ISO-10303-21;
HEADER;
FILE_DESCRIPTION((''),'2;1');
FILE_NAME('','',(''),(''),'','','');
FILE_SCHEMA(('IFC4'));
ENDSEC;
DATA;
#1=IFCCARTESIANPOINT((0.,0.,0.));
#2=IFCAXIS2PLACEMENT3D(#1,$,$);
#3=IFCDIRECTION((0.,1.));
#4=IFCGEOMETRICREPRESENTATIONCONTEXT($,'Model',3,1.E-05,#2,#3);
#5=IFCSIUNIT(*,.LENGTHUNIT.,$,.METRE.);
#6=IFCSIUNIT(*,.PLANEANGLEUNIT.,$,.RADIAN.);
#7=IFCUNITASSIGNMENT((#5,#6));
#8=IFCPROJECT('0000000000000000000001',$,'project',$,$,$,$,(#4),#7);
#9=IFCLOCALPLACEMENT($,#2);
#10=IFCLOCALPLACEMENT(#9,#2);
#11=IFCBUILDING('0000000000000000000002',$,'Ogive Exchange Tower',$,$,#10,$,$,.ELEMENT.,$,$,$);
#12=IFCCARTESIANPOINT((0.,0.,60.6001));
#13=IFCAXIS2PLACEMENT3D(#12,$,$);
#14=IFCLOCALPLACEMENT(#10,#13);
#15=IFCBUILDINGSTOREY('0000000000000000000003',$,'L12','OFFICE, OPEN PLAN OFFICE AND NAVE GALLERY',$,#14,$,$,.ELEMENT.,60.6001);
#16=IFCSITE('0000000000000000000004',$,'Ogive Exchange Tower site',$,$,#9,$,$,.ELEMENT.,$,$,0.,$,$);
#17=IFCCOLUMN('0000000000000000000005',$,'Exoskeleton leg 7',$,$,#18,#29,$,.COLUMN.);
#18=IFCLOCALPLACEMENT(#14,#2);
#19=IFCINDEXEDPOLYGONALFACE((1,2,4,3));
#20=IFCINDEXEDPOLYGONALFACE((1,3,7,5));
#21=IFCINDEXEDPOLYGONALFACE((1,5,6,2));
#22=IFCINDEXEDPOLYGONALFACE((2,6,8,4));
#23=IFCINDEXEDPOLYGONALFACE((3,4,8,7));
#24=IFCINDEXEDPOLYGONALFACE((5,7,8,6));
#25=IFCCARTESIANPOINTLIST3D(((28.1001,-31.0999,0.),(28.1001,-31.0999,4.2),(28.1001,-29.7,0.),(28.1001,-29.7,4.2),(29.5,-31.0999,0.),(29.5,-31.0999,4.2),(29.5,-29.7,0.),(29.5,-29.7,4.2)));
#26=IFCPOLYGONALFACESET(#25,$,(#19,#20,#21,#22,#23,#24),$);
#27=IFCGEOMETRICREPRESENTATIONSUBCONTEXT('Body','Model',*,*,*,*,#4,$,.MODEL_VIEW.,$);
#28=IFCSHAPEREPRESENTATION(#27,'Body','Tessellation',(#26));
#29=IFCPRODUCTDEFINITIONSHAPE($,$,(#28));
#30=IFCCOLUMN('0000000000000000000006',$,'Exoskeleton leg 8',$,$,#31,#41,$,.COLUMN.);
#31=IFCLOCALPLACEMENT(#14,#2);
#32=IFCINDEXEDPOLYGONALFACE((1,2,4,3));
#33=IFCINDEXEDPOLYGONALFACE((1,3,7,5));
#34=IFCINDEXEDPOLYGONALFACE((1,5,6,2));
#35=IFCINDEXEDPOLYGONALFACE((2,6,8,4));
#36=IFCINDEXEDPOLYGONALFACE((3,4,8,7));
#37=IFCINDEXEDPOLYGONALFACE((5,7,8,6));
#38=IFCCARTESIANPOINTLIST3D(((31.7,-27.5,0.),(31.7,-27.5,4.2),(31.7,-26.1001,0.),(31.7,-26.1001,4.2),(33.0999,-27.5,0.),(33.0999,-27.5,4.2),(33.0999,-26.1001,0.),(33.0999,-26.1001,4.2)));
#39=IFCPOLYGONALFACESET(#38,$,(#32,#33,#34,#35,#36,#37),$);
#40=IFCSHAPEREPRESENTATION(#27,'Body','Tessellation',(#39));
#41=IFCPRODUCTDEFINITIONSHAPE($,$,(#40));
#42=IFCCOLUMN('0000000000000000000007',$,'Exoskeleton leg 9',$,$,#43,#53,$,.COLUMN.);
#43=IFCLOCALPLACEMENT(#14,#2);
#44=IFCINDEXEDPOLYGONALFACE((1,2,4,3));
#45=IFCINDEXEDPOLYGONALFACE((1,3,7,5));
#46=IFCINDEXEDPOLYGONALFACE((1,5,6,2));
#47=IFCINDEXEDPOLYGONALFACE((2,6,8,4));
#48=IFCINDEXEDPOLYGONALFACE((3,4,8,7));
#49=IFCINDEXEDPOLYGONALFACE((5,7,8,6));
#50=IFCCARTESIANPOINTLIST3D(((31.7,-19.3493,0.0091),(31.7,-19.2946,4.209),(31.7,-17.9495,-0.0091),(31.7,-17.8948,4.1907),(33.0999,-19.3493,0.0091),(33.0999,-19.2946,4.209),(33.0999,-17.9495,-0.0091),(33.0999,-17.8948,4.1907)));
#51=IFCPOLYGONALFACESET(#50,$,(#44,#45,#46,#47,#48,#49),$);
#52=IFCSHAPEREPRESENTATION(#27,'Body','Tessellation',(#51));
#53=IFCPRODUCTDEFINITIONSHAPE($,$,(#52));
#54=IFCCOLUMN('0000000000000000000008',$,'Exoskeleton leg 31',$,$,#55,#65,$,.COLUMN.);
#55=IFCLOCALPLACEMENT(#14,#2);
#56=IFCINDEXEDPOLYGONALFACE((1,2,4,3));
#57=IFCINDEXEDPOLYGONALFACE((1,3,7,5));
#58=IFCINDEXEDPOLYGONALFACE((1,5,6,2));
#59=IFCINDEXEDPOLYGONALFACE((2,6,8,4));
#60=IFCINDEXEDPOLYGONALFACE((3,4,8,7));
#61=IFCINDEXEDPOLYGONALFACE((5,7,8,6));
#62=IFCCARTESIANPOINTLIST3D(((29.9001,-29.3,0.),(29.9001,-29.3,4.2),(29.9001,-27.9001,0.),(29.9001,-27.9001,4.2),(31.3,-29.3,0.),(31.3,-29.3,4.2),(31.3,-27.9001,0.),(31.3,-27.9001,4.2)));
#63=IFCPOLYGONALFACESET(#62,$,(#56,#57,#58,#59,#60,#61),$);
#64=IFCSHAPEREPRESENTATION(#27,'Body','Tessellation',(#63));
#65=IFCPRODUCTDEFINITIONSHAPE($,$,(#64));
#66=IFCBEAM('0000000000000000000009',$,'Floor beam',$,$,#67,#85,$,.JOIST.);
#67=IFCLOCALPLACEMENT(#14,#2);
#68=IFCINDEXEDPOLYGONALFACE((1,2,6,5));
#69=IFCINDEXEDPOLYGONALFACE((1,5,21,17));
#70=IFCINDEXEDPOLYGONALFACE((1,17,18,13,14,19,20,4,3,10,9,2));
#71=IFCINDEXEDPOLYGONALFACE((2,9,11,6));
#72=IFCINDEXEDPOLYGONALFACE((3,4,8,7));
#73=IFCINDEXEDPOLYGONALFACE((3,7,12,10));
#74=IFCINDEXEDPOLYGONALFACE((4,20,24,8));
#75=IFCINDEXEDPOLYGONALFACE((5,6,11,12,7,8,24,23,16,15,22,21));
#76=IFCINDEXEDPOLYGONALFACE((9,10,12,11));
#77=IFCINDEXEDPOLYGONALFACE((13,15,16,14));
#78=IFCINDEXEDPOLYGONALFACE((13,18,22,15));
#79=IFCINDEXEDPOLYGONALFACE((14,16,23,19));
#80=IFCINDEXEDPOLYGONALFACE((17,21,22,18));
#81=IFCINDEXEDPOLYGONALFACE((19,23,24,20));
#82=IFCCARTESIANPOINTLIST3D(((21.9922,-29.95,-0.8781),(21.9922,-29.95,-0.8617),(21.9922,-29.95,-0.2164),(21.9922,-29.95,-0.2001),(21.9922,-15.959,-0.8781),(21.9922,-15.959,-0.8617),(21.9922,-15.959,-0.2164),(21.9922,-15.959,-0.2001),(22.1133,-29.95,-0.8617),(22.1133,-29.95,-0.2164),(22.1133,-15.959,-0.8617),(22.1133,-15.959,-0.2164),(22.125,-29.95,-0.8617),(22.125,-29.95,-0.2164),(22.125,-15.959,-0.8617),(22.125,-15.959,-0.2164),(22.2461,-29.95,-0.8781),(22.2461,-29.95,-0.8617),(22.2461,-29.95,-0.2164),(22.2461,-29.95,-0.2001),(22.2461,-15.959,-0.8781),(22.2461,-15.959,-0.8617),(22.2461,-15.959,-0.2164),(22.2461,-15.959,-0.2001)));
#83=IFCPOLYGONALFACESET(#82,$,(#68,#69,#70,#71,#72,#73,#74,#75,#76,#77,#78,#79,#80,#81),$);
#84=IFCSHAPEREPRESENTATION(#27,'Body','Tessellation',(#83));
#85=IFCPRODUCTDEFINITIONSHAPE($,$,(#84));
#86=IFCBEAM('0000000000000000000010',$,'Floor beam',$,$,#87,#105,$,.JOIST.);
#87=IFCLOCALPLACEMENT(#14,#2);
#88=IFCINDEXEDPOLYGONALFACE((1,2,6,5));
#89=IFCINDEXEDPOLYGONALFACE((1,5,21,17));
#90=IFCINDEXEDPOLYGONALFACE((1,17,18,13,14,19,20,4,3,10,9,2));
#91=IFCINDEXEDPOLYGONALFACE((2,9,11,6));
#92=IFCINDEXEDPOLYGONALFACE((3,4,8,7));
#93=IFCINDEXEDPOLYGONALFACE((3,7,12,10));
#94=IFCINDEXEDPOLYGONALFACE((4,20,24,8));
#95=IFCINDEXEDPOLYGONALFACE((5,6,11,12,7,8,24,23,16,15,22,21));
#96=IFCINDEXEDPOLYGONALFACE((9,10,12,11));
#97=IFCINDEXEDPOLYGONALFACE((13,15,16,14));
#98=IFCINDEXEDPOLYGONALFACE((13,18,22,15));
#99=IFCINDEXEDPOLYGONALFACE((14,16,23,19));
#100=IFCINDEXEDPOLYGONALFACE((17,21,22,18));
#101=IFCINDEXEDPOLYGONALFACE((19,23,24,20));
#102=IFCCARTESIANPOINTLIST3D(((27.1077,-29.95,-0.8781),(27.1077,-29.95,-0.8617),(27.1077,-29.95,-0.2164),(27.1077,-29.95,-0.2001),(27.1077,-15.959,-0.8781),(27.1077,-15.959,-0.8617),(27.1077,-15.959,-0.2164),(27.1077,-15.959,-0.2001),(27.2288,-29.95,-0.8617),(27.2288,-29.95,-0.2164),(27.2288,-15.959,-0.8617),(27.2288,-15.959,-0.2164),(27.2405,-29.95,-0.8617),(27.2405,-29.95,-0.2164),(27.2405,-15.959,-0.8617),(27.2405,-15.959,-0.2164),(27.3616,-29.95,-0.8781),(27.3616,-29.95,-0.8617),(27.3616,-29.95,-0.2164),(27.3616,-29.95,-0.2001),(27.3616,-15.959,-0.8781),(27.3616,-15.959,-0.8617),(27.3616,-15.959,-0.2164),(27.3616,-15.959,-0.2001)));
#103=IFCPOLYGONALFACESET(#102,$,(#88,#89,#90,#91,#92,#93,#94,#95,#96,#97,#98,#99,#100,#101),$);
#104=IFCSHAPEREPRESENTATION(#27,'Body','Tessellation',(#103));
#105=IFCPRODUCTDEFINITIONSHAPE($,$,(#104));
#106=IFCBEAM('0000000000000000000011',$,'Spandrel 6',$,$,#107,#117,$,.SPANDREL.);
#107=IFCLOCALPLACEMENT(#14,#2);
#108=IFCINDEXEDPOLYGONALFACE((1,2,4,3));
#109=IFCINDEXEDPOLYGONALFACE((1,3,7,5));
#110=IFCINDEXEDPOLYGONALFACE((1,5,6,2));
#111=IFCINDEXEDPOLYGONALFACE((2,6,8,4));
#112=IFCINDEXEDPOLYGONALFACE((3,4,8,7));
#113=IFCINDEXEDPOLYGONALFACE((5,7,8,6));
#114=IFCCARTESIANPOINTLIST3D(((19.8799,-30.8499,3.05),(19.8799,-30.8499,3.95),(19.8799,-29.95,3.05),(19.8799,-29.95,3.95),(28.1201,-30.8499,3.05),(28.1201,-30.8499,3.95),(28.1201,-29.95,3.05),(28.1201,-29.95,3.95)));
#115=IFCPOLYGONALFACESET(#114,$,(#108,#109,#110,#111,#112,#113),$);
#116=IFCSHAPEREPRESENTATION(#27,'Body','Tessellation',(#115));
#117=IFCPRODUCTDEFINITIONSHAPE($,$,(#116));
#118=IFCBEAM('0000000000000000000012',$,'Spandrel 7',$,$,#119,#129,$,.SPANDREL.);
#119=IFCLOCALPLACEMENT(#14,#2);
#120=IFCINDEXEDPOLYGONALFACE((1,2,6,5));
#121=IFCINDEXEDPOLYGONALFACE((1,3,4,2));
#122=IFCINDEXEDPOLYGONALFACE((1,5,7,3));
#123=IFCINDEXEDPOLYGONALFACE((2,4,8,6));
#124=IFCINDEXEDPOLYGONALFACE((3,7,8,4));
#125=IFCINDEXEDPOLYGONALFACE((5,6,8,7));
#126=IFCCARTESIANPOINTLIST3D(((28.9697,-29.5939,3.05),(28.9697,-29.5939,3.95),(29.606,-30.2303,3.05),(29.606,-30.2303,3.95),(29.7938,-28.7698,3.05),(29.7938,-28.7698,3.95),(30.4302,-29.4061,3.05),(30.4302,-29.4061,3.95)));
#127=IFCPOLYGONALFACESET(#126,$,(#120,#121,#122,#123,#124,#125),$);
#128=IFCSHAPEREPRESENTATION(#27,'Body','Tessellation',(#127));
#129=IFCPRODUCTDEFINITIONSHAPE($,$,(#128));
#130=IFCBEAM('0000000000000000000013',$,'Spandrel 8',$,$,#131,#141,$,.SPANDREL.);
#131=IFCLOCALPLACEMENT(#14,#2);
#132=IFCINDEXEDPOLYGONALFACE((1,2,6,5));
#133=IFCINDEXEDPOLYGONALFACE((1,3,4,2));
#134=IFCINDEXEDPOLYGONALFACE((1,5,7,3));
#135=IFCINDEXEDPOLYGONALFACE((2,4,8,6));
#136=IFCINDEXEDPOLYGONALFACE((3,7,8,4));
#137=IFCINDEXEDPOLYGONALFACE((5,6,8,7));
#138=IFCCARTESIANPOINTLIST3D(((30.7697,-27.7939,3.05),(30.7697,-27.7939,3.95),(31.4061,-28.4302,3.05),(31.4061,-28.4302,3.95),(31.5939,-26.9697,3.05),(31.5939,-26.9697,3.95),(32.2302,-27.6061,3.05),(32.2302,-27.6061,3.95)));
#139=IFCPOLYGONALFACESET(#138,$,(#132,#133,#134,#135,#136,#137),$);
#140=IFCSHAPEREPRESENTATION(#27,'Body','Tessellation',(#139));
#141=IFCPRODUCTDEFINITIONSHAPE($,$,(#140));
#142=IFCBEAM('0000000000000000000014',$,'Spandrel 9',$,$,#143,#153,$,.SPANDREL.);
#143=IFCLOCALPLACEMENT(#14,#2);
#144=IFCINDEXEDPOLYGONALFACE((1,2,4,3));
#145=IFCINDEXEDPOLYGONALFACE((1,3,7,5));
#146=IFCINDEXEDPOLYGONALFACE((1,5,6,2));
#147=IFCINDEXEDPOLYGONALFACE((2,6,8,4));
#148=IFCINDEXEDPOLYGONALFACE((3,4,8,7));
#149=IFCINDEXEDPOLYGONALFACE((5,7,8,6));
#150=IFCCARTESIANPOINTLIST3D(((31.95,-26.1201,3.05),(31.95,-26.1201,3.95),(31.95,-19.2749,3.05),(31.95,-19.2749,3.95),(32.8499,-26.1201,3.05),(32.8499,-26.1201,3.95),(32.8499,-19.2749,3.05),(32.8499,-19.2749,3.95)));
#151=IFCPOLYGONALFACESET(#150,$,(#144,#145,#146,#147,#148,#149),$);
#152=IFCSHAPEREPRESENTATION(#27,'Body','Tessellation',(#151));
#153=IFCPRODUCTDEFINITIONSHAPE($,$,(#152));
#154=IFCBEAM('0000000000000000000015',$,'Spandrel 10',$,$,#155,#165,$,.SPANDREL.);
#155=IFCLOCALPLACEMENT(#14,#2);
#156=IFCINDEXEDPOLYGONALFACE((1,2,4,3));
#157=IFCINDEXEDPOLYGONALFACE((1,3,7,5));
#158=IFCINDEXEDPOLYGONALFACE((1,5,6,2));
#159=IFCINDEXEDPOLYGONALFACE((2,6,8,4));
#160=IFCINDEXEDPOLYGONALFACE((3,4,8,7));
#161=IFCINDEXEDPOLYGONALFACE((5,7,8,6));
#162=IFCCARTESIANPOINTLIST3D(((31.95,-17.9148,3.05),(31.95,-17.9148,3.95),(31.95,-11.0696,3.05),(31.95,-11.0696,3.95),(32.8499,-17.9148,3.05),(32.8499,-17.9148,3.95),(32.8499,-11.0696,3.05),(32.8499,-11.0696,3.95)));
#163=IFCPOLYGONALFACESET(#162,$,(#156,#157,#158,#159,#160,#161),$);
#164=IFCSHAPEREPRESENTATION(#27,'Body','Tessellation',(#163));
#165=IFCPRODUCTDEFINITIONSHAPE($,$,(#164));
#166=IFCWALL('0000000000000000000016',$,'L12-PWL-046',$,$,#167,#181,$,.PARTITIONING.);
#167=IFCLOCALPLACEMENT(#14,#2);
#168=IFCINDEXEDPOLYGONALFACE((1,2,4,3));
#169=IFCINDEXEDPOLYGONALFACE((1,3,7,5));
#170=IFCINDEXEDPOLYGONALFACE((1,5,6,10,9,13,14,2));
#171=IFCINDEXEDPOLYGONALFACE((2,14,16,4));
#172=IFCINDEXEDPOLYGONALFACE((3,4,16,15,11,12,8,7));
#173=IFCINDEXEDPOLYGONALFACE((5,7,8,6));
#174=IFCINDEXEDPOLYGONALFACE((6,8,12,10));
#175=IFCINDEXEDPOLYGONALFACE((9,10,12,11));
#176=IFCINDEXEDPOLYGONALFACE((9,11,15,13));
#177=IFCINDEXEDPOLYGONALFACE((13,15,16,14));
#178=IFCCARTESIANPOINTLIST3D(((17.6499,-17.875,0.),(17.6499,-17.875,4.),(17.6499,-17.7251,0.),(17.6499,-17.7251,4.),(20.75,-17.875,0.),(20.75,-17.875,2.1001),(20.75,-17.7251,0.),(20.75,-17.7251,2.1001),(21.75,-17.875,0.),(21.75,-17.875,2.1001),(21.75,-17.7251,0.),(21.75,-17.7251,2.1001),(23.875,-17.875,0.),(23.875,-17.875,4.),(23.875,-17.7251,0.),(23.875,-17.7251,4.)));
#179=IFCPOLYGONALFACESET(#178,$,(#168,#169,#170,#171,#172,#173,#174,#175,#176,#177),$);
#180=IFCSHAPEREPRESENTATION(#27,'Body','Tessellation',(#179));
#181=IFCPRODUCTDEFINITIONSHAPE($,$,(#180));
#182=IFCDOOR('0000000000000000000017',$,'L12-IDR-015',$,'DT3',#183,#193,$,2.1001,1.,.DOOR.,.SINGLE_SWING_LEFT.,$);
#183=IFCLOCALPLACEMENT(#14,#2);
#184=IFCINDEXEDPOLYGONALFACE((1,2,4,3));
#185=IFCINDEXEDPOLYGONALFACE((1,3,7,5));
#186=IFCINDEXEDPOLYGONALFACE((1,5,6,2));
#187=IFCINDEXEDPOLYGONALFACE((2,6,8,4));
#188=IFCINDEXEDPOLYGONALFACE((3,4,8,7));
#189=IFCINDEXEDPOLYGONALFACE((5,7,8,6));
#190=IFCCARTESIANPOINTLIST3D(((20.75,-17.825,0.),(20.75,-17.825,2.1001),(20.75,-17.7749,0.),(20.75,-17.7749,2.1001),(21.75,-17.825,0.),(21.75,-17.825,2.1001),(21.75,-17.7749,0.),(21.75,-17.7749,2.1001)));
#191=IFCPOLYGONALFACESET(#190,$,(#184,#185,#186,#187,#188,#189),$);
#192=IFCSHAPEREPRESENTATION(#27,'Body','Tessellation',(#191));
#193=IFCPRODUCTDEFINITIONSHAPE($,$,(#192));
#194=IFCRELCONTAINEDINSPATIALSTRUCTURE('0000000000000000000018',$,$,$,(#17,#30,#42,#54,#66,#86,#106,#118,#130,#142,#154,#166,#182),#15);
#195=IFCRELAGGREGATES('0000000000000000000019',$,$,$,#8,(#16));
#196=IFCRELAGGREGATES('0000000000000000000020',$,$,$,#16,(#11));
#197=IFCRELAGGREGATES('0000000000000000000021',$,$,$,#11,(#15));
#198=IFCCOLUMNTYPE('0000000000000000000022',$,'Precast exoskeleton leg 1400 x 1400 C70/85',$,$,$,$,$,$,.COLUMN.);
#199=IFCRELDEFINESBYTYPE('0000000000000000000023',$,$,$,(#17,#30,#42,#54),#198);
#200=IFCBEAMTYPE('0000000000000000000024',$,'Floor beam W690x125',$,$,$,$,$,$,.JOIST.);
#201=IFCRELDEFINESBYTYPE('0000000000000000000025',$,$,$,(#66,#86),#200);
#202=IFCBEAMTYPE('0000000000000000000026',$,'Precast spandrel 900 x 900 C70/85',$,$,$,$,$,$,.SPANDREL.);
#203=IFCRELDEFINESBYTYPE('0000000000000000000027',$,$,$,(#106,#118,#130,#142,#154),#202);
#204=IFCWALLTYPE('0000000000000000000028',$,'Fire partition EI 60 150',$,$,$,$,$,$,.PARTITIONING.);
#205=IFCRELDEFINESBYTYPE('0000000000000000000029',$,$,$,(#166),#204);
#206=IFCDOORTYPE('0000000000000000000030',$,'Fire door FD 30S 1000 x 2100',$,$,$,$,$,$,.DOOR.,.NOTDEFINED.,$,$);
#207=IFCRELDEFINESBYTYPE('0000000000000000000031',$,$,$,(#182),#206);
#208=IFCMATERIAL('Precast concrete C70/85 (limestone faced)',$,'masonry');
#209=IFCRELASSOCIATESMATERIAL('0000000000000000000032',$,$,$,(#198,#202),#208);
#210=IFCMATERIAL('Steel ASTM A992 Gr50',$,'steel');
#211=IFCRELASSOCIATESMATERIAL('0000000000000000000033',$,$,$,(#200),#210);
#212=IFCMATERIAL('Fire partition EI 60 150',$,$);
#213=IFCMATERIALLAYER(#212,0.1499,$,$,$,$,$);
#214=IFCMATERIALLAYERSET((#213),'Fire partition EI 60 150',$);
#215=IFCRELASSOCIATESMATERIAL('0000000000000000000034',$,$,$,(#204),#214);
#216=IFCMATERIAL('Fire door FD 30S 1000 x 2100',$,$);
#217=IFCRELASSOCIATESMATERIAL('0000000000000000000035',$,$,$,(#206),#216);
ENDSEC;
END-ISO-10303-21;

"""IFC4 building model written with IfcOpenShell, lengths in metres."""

from ifc_helpers import new_model, si_unit, direction, frame, frame_2d, origin, origin_2d, place, context, subcontext, project, spatial, rectangle, i_section, extrude, material, layer, layer_set, material_profile, profile_set, type_object, element, fill, save


model = new_model("IFC4")

# Units and contexts
model_context = context("Model", 3, precision=1e-05, world=origin(), true_north=direction((0.0, 1.0)))
body_context = subcontext(model_context, "Body", "Model", "MODEL_VIEW")
ifc_project = project(units=[si_unit("LENGTHUNIT", "METRE"), si_unit("PLANEANGLEUNIT", "RADIAN")], contexts=[model_context])

# Site, building, storey
site_placement = place(None, origin())
site = spatial("IfcSite", under=ifc_project, at=site_placement, Name="Ogive Exchange Tower site", CompositionType="ELEMENT", RefElevation=0.0)
building_placement = place(site_placement, origin())
building = spatial("IfcBuilding", under=site, at=building_placement, Name="Ogive Exchange Tower", CompositionType="ELEMENT")
storey_placement = place(building_placement, frame((0.0, 0.0, 60.6001)))
storey = spatial("IfcBuildingStorey", under=building, at=storey_placement, Name="L12", Description="OFFICE, OPEN PLAN OFFICE AND NAVE GALLERY", CompositionType="ELEMENT", Elevation=60.6001)

# Columns
ifc_material_1 = material(Name="Precast concrete C70/85 (limestone faced)", Category="masonry")
ifc_material_profile_1 = material_profile(ifc_material_1, rectangle(XDim=1.3999, YDim=1.3999, at=origin_2d()), Name="1400 x 1400")
ifc_profile_set_1 = profile_set([ifc_material_profile_1], Name="Precast concrete C70/85 (limestone faced)")
column_type = type_object("IfcColumnType", Name="Precast exoskeleton leg 1400 x 1400 C70/85", PredefinedType="COLUMN", material=ifc_profile_set_1)
for number, where, z_axis, x_axis, name in (
    (1, (28.8, -30.3999, 0.0), (0.0, 0.0, 1.0), (1.0, 0.0, 0.0), "Exoskeleton leg 7"),
    (2, (32.3999, -26.8, 0.0), (0.0, 0.0, 1.0), (1.0, 0.0, 0.0), "Exoskeleton leg 8"),
):
    element("IfcColumn", number, at=place(storey_placement, frame(where, z_axis=z_axis, x_axis=x_axis)), inside=storey, type_object=column_type, Name=name, PredefinedType="COLUMN", context=body_context, shape_type="SweptSolid", body=[
        extrude(rectangle(XDim=1.3999, YDim=1.3999, at=origin_2d()), origin(), (0.0, 0.0, 1.0), 4.2),
    ])
column_1_placement = place(storey_placement, frame((32.3999, -18.6494, 0.0), z_axis=(0.0, 0.01302, 0.999915), x_axis=(-1.0, 0.0, 0.0)))
element("IfcColumn", 3, at=column_1_placement, inside=storey, type_object=column_type, Name="Exoskeleton leg 9", PredefinedType="COLUMN", context=body_context, shape_type="SweptSolid", body=[
    extrude(rectangle(XDim=1.3999, YDim=1.3999, at=origin_2d()), origin(), (0.0, 0.0, 1.0), 4.2002),
])
column_2_placement = place(storey_placement, frame((30.6001, -28.6001, 0.0), z_axis=(0.0, 0.0, 1.0), x_axis=(1.0, 0.0, 0.0)))
element("IfcColumn", 4, at=column_2_placement, inside=storey, type_object=column_type, Name="Exoskeleton leg 31", PredefinedType="COLUMN", context=body_context, shape_type="SweptSolid", body=[
    extrude(rectangle(XDim=1.3999, YDim=1.3999, at=origin_2d()), origin(), (0.0, 0.0, 1.0), 4.2),
])

# Beams
ifc_material_2 = material(Name="Steel ASTM A992 Gr50", Category="steel")
ifc_material_profile_2 = material_profile(ifc_material_2, i_section(OverallWidth=0.2539, OverallDepth=0.678, WebThickness=0.0117, FlangeThickness=0.0164, at=origin_2d()), Name="W690x125")
ifc_profile_set_2 = profile_set([ifc_material_profile_2], Name="Steel ASTM A992 Gr50")
beam_type_1 = type_object("IfcBeamType", Name="Floor beam W690x125", PredefinedType="JOIST", material=ifc_profile_set_2)
for number, where, z_axis, x_axis, name in (
    (5, (22.1191, -29.95, -0.5391), (0.0, 1.0, 0.0), (-1.0, 0.0, 0.0), "Floor beam"),
    (6, (27.2346, -29.95, -0.5391), (0.0, 1.0, 0.0), (-1.0, 0.0, 0.0), "Floor beam"),
):
    element("IfcBeam", number, at=place(storey_placement, frame(where, z_axis=z_axis, x_axis=x_axis)), inside=storey, type_object=beam_type_1, Name=name, PredefinedType="JOIST", context=body_context, shape_type="SweptSolid", body=[
        extrude(i_section(OverallWidth=0.2539, OverallDepth=0.678, WebThickness=0.0117, FlangeThickness=0.0164, at=origin_2d()), origin(), (0.0, 0.0, 1.0), 13.991),
    ])
ifc_material_profile_3 = material_profile(ifc_material_1, rectangle(XDim=0.8999, YDim=0.8999, at=origin_2d()), Name="900 x 900")
ifc_profile_set_3 = profile_set([ifc_material_profile_3], Name="Precast concrete C70/85 (limestone faced)")
beam_type_2 = type_object("IfcBeamType", Name="Precast spandrel 900 x 900 C70/85", PredefinedType="SPANDREL", material=ifc_profile_set_3)
beam_placement = place(storey_placement, frame((19.8799, -30.3999, 3.5), z_axis=(1.0, 0.0, 0.0), x_axis=(0.0, 1.0, 0.0)))
element("IfcBeam", 7, at=beam_placement, inside=storey, type_object=beam_type_2, Name="Spandrel 6", PredefinedType="SPANDREL", context=body_context, shape_type="SweptSolid", body=[
    extrude(rectangle(XDim=0.8999, YDim=0.8999, at=origin_2d()), origin(), (0.0, 0.0, 1.0), 8.2402),
])
for number, where, z_axis, x_axis, name in (
    (8, (29.2878, -29.9121, 3.5), (0.707107, 0.707107, 0.0), (-0.707107, 0.707107, 0.0), "Spandrel 7"),
    (9, (31.0879, -28.1121, 3.5), (0.707107, 0.707107, 0.0), (-0.707107, 0.707107, 0.0), "Spandrel 8"),
):
    element("IfcBeam", number, at=place(storey_placement, frame(where, z_axis=z_axis, x_axis=x_axis)), inside=storey, type_object=beam_type_2, Name=name, PredefinedType="SPANDREL", context=body_context, shape_type="SweptSolid", body=[
        extrude(rectangle(XDim=0.8999, YDim=0.8999, at=origin_2d()), origin(), (0.0, 0.0, 1.0), 1.1655),
    ])
for number, where, z_axis, x_axis, name in (
    (10, (32.3999, -26.1201, 3.5), (0.0, 1.0, 0.0), (-1.0, 0.0, 0.0), "Spandrel 9"),
    (11, (32.3999, -17.9148, 3.5), (0.0, 1.0, 0.0), (-1.0, 0.0, 0.0), "Spandrel 10"),
):
    element("IfcBeam", number, at=place(storey_placement, frame(where, z_axis=z_axis, x_axis=x_axis)), inside=storey, type_object=beam_type_2, Name=name, PredefinedType="SPANDREL", context=body_context, shape_type="SweptSolid", body=[
        extrude(rectangle(XDim=0.8999, YDim=0.8999, at=origin_2d()), origin(), (0.0, 0.0, 1.0), 6.8452),
    ])

# Wall, opening, door
ifc_material_3 = material(Name="Fire partition EI 60 150")
ifc_layer_1 = layer(ifc_material_3, 0.1499)
ifc_layer_set_1 = layer_set([ifc_layer_1], Name="Fire partition EI 60 150")
wall_type_1 = type_object("IfcWallType", Name="Fire partition EI 60 150", PredefinedType="PARTITIONING", material=ifc_layer_set_1)
wall_1_placement = place(storey_placement, frame((23.875, -17.8, 0.0), z_axis=(0.0, 0.0, 1.0), x_axis=(-1.0, 0.0, 0.0)))
wall_1 = element("IfcWall", 12, at=wall_1_placement, inside=storey, type_object=wall_type_1, Name="L12-PWL-046", PredefinedType="PARTITIONING", context=body_context, shape_type="SweptSolid", body=[
    extrude(rectangle(XDim=6.2251, YDim=0.1499, at=frame_2d((3.1125, 0.0))), origin(), (0.0, 0.0, 1.0), 4.0),
])
opening_1_placement = place(wall_1_placement, frame((2.125, 0.0, 0.0)))
opening_1 = element("IfcOpeningElement", 13, at=opening_1_placement, cuts=wall_1, PredefinedType="OPENING", context=body_context, shape_type="SweptSolid", body=[
    extrude(rectangle(XDim=1.0, YDim=2.1001, at=frame_2d((0.5, 1.05))), frame((0.0, 0.085, 0.0), z_axis=(0.0, -1.0, 0.0), x_axis=(1.0, 0.0, 0.0)), (0.0, 0.0, 1.0), 0.1699),
])
ifc_material_4 = material(Name="Fire door FD 30S 1000 x 2100")
door_type_1 = type_object("IfcDoorType", Name="Fire door FD 30S 1000 x 2100", OperationType="NOTDEFINED", PredefinedType="DOOR", material=ifc_material_4)
door_1_placement = place(opening_1_placement, origin())
door_1 = element("IfcDoor", 14, at=door_1_placement, inside=storey, type_object=door_type_1, Name="L12-IDR-015", ObjectType="DT3", OperationType="SINGLE_SWING_LEFT", OverallHeight=2.1001, OverallWidth=1.0, PredefinedType="DOOR", context=body_context, shape_type="SweptSolid", body=[
    extrude(rectangle(XDim=1.0, YDim=2.1001, at=frame_2d((0.5, 1.05))), frame((0.0, 0.0249, 0.0), z_axis=(0.0, -1.0, 0.0), x_axis=(1.0, 0.0, 0.0)), (0.0, 0.0, 1.0), 0.05),
])
fill(opening_1, door_1)

save(model, "model.ifc")
